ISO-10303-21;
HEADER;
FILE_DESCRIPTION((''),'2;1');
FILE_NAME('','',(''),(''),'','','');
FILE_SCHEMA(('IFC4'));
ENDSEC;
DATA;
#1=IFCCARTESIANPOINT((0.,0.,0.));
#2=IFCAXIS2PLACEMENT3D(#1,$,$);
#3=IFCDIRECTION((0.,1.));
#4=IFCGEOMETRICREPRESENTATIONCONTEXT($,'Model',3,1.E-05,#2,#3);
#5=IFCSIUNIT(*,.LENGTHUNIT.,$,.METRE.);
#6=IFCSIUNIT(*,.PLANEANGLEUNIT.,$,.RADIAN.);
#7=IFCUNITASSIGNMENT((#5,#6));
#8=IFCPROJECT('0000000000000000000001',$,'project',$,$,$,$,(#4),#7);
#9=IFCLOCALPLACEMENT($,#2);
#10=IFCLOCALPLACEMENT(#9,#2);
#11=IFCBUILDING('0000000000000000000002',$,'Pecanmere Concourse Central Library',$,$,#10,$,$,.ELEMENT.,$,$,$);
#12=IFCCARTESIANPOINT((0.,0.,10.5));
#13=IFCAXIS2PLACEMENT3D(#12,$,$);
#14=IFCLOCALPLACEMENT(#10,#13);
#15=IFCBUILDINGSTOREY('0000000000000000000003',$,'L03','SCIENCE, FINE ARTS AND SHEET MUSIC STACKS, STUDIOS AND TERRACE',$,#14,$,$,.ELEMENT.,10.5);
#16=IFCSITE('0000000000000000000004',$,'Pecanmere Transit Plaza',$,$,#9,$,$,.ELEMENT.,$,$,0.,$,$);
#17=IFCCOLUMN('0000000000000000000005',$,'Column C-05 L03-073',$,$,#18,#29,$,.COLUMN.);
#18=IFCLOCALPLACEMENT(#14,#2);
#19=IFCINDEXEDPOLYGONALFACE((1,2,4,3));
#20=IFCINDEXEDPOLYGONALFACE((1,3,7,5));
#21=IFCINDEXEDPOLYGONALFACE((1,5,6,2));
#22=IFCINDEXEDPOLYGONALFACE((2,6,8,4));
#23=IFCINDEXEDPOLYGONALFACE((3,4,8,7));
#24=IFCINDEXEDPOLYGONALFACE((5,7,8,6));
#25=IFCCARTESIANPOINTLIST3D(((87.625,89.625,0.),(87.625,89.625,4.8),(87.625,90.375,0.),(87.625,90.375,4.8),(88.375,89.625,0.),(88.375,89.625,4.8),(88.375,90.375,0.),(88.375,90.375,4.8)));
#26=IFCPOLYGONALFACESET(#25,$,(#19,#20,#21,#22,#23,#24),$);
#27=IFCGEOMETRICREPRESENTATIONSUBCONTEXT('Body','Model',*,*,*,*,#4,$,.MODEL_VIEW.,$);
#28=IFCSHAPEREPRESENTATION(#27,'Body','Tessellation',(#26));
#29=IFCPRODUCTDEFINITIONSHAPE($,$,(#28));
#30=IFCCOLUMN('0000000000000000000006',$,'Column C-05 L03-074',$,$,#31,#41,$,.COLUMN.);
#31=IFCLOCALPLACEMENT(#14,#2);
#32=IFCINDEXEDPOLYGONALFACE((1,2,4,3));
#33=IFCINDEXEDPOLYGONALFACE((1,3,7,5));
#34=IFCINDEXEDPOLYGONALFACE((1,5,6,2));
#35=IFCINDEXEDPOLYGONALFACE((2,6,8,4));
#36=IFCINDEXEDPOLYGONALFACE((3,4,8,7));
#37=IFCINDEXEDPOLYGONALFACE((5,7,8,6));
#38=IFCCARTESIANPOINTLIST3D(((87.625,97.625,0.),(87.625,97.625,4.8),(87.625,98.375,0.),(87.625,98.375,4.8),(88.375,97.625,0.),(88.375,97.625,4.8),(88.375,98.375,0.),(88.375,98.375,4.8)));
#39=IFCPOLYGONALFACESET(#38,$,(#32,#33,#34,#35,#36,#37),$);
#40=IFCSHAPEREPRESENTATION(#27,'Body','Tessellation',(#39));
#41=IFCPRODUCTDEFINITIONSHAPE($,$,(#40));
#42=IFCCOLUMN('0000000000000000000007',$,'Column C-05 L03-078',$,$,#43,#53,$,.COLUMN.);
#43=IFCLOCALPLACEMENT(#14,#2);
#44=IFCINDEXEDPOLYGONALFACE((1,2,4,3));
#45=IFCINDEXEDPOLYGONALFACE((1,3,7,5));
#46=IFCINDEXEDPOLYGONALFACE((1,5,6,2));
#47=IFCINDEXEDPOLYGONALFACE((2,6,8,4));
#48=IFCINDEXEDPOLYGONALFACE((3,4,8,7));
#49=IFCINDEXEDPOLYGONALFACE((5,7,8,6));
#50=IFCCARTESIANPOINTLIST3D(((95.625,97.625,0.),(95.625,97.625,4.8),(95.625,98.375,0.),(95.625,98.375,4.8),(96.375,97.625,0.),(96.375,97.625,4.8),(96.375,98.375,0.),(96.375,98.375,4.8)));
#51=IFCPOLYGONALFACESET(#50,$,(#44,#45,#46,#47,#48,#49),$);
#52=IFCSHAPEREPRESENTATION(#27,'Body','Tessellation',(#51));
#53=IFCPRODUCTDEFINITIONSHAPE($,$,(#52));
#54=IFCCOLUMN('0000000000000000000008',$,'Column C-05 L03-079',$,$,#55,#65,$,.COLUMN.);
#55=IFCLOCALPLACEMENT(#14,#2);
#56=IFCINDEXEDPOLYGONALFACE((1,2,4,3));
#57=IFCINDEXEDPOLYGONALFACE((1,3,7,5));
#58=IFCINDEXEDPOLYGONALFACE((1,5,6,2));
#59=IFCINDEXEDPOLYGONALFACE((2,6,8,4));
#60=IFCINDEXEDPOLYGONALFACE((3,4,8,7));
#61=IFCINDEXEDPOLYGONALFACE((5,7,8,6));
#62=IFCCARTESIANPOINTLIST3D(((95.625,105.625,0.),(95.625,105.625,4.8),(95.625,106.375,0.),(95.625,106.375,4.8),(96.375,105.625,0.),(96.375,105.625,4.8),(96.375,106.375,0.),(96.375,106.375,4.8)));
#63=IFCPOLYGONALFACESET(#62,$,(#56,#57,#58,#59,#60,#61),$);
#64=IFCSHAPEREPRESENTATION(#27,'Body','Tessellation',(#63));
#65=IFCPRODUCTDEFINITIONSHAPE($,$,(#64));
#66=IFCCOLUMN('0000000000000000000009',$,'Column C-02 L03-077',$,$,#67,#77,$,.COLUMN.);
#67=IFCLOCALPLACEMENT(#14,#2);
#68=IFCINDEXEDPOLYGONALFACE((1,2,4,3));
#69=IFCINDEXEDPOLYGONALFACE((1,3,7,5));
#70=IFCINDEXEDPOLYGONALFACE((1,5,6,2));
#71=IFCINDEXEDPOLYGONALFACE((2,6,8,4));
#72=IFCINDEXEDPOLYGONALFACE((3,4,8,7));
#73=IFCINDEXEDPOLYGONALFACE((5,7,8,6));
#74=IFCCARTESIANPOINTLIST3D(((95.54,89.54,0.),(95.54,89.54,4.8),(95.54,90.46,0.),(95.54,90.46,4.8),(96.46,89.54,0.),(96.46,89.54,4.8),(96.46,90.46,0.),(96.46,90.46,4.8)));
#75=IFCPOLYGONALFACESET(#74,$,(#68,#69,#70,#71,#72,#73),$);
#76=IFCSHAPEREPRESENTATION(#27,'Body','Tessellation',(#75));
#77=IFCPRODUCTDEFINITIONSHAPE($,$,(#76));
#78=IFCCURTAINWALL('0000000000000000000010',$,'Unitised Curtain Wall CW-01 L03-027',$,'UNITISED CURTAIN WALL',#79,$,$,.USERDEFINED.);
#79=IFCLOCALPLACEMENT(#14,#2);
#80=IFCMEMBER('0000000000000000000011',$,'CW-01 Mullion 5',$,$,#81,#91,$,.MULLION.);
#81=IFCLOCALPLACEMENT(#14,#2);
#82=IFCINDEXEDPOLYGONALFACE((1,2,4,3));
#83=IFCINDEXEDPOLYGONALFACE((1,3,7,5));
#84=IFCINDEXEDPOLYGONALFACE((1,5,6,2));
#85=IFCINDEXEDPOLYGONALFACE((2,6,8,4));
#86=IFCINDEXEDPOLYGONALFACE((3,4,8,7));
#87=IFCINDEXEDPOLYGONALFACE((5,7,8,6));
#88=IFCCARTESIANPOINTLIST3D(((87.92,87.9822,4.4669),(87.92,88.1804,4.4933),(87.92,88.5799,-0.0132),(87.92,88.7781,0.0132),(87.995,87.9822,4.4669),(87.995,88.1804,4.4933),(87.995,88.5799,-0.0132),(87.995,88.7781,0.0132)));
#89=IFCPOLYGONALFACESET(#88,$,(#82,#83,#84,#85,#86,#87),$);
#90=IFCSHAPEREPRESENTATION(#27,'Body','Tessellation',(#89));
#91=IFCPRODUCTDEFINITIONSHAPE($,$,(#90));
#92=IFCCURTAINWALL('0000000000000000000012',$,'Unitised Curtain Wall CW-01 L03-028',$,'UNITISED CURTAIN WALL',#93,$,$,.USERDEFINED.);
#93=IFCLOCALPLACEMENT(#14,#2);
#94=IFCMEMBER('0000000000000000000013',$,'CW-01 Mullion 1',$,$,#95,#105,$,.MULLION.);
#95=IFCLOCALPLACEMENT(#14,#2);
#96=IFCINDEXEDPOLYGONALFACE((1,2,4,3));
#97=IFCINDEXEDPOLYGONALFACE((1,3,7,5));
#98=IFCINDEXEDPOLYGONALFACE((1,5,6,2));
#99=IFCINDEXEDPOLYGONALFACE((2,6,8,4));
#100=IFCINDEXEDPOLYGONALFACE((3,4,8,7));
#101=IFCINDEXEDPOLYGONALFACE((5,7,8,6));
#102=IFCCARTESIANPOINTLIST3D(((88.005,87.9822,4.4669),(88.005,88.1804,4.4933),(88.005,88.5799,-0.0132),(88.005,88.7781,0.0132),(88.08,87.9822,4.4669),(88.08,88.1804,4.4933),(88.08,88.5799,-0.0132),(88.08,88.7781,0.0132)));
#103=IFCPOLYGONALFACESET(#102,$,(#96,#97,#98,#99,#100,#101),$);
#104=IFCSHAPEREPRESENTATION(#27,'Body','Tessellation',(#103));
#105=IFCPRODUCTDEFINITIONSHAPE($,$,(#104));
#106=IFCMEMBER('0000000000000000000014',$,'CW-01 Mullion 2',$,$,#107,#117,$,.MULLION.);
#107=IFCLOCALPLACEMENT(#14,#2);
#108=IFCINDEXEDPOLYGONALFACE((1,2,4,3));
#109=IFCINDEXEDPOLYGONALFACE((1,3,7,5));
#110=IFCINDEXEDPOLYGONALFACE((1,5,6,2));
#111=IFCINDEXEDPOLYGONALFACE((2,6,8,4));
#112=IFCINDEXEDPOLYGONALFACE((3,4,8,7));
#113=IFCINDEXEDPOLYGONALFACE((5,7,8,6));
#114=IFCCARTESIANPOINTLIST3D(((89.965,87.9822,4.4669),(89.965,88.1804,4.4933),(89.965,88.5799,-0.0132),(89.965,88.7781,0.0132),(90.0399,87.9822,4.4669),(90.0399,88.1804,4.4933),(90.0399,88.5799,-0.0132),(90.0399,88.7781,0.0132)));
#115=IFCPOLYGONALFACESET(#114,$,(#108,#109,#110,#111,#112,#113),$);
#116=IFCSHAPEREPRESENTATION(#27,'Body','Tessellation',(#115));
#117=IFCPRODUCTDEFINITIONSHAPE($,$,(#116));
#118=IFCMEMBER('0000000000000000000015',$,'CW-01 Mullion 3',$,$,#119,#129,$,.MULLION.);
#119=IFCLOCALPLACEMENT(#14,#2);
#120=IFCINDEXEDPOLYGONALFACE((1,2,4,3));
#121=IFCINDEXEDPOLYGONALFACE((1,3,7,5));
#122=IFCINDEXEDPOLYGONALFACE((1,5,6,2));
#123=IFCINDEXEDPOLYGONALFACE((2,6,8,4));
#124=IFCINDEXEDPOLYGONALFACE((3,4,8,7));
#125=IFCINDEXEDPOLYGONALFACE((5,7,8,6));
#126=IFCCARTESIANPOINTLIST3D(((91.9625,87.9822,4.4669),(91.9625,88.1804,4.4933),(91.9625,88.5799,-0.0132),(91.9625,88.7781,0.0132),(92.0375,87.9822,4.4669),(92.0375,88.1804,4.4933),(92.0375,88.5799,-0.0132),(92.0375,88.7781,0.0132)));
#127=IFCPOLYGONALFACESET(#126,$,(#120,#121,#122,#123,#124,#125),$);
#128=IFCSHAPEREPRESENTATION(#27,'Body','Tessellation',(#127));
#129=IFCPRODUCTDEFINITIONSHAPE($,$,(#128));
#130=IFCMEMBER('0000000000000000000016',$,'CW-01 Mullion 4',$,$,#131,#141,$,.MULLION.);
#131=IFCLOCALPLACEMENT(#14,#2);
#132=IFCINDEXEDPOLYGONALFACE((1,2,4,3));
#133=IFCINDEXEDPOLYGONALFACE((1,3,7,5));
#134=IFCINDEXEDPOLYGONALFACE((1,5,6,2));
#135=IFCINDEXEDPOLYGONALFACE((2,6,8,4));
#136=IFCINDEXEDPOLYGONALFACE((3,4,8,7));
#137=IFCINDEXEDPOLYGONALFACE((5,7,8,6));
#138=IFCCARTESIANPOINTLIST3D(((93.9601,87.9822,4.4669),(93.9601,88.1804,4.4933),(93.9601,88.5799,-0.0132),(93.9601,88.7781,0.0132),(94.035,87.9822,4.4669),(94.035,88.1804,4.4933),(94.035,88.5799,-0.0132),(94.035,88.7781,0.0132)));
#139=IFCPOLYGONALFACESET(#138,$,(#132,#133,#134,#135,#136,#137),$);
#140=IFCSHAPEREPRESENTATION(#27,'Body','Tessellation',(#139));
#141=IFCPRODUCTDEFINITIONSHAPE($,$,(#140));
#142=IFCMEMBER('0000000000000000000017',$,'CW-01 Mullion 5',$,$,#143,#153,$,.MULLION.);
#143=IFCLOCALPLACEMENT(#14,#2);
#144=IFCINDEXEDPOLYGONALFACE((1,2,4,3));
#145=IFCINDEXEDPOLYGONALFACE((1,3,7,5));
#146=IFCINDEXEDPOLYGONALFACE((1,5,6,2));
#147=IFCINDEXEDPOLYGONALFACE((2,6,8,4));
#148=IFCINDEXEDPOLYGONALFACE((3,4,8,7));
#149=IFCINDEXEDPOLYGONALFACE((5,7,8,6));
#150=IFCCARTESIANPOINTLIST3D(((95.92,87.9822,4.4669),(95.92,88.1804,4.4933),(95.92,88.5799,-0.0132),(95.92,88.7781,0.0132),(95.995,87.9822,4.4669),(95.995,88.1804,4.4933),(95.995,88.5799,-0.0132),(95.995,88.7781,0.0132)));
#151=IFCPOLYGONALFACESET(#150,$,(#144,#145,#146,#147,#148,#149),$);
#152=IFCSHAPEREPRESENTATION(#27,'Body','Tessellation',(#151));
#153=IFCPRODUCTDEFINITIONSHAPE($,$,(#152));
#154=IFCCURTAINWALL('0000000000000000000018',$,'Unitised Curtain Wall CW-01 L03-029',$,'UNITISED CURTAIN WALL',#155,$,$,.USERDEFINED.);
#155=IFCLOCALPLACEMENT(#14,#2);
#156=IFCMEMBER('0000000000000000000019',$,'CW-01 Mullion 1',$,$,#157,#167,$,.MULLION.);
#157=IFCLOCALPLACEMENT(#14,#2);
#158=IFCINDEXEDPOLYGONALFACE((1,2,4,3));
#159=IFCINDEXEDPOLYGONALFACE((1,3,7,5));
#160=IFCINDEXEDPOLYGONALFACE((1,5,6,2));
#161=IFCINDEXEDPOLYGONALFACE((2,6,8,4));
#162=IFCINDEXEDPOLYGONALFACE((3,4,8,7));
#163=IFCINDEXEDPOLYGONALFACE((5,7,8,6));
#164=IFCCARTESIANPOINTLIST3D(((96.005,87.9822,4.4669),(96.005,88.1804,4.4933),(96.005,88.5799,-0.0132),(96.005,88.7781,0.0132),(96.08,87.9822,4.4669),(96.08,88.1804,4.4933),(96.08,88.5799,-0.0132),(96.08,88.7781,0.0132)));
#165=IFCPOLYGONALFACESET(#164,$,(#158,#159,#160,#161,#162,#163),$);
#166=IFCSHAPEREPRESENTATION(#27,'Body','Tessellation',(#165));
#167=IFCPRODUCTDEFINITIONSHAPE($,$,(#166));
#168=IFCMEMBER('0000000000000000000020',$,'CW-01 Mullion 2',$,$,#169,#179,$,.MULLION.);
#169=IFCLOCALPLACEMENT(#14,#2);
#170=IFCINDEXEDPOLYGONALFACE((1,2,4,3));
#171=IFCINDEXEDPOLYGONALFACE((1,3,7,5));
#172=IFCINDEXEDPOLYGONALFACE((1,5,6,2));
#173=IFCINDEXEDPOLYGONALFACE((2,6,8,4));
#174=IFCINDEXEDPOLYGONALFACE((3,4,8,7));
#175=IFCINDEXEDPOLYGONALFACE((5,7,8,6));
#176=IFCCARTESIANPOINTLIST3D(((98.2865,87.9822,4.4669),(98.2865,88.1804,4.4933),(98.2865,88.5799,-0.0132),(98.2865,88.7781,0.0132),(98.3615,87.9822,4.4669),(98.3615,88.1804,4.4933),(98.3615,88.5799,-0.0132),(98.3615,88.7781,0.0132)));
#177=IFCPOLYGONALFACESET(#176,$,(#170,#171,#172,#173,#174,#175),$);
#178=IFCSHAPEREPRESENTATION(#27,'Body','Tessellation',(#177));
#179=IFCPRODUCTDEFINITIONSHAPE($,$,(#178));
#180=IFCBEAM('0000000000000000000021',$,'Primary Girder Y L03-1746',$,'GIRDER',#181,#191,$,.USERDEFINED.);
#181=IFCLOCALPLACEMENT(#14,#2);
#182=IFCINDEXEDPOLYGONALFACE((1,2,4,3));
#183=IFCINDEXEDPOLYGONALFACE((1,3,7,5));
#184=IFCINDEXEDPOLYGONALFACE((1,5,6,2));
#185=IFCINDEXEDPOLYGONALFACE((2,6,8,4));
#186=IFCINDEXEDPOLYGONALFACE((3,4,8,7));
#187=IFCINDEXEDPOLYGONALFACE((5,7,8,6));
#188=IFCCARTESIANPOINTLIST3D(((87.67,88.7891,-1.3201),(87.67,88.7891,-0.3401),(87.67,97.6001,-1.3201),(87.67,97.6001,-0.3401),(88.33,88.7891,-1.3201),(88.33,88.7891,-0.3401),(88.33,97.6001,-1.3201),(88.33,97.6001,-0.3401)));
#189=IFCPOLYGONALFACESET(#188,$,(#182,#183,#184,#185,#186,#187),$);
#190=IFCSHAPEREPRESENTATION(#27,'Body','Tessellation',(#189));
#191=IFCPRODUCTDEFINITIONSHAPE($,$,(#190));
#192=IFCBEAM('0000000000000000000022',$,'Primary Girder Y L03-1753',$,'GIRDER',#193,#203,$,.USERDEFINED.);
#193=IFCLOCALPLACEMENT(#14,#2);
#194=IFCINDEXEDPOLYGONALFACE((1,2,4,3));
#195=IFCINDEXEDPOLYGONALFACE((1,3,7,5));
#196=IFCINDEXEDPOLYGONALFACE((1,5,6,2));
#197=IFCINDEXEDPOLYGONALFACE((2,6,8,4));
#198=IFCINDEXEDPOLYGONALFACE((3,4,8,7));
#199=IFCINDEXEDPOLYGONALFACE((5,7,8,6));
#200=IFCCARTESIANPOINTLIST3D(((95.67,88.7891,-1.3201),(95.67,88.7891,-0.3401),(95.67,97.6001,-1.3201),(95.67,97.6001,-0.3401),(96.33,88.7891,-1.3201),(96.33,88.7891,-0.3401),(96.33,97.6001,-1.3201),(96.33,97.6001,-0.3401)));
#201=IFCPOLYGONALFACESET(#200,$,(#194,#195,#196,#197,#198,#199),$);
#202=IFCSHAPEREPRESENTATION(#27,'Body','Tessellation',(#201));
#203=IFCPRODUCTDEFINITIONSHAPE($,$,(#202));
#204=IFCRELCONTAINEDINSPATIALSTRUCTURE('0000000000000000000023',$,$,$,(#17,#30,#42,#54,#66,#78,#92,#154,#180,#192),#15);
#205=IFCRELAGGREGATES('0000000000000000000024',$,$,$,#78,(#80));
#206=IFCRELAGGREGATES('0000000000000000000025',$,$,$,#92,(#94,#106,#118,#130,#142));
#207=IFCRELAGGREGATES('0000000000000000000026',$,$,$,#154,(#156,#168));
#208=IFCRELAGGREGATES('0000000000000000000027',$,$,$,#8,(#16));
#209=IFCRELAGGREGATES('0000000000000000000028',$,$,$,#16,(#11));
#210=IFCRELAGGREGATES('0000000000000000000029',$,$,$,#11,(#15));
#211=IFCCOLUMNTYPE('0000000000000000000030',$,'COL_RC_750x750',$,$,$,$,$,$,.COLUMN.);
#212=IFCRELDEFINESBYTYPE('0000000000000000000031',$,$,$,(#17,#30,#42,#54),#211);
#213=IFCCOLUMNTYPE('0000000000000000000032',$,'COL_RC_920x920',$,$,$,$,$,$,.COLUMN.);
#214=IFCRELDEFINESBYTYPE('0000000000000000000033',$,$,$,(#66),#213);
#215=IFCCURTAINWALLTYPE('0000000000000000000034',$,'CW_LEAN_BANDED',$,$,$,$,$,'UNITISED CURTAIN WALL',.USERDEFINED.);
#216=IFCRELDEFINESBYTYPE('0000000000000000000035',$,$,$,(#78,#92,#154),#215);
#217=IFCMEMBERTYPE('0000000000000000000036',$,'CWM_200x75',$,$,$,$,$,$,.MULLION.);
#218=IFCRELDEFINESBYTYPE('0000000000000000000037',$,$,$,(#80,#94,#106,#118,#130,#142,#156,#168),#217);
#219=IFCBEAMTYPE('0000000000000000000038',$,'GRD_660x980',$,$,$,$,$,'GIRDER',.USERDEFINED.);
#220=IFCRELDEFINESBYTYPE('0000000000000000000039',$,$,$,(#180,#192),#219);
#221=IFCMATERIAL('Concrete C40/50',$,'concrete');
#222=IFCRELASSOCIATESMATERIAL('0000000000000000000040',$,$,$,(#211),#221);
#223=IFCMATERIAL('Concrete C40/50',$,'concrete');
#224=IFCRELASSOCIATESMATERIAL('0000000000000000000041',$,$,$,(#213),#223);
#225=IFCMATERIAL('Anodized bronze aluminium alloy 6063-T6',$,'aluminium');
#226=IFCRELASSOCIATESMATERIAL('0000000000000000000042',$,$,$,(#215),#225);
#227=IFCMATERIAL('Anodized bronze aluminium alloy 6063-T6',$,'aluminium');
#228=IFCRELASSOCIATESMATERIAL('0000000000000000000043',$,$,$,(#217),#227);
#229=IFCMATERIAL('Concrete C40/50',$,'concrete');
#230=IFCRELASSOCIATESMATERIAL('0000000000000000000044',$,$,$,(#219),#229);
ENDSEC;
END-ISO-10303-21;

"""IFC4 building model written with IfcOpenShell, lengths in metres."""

from ifc_helpers import new_model, si_unit, direction, frame, origin, origin_2d, place, context, subcontext, project, spatial, rectangle, extrude, material, material_profile, profile_set, type_object, element, aggregate, save


model = new_model("IFC4")

# Units and contexts
model_context = context("Model", 3, precision=1e-05, world=origin(), true_north=direction((0.0, 1.0)))
body_context = subcontext(model_context, "Body", "Model", "MODEL_VIEW")
ifc_project = project(units=[si_unit("LENGTHUNIT", "METRE"), si_unit("PLANEANGLEUNIT", "RADIAN")], contexts=[model_context])

# Site, building, storey
site_placement = place(None, origin())
site = spatial("IfcSite", under=ifc_project, at=site_placement, Name="Pecanmere Transit Plaza", CompositionType="ELEMENT", RefElevation=0.0)
building_placement = place(site_placement, origin())
building = spatial("IfcBuilding", under=site, at=building_placement, Name="Pecanmere Concourse Central Library", CompositionType="ELEMENT")
storey_placement = place(building_placement, frame((0.0, 0.0, 10.5)))
storey = spatial("IfcBuildingStorey", under=building, at=storey_placement, Name="L03", Description="SCIENCE, FINE ARTS AND SHEET MUSIC STACKS, STUDIOS AND TERRACE", CompositionType="ELEMENT", Elevation=10.5)

# Columns
ifc_material_1 = material(Name="Concrete C40/50", Category="concrete")
ifc_material_profile_1 = material_profile(ifc_material_1, rectangle(XDim=0.75, YDim=0.75, at=origin_2d()), Name="RC 750x750")
ifc_profile_set_1 = profile_set([ifc_material_profile_1], Name="Concrete C40/50")
column_type_1 = type_object("IfcColumnType", Name="COL_RC_750x750", PredefinedType="COLUMN", material=ifc_profile_set_1)
for number, where, z_axis, x_axis, name in (
    (1, (88.0, 90.0, 0.0), (0.0, 0.0, 1.0), (1.0, 0.0, 0.0), "Column C-05 L03-073"),
    (2, (88.0, 98.0, 0.0), (0.0, 0.0, 1.0), (1.0, 0.0, 0.0), "Column C-05 L03-074"),
    (3, (96.0, 98.0, 0.0), (0.0, 0.0, 1.0), (1.0, 0.0, 0.0), "Column C-05 L03-078"),
    (4, (96.0, 106.0, 0.0), (0.0, 0.0, 1.0), (1.0, 0.0, 0.0), "Column C-05 L03-079"),
):
    element("IfcColumn", number, at=place(storey_placement, frame(where, z_axis=z_axis, x_axis=x_axis)), inside=storey, type_object=column_type_1, Name=name, PredefinedType="COLUMN", context=body_context, shape_type="SweptSolid", body=[
        extrude(rectangle(XDim=0.75, YDim=0.75, at=origin_2d()), origin(), (0.0, 0.0, 1.0), 4.8),
    ])
ifc_material_2 = material(Name="Concrete C40/50", Category="concrete")
ifc_material_profile_2 = material_profile(ifc_material_2, rectangle(XDim=0.9199, YDim=0.9199, at=origin_2d()), Name="RC 920x920")
ifc_profile_set_2 = profile_set([ifc_material_profile_2], Name="Concrete C40/50")
column_type_2 = type_object("IfcColumnType", Name="COL_RC_920x920", PredefinedType="COLUMN", material=ifc_profile_set_2)
column_placement = place(storey_placement, frame((96.0, 90.0, 0.0), z_axis=(0.0, 0.0, 1.0), x_axis=(1.0, 0.0, 0.0)))
element("IfcColumn", 5, at=column_placement, inside=storey, type_object=column_type_2, Name="Column C-02 L03-077", PredefinedType="COLUMN", context=body_context, shape_type="SweptSolid", body=[
    extrude(rectangle(XDim=0.9199, YDim=0.9199, at=origin_2d()), origin(), (0.0, 0.0, 1.0), 4.8),
])

# Curtain wall, member
ifc_material_3 = material(Name="Anodized bronze aluminium alloy 6063-T6", Category="aluminium")
curtain_wall_type = type_object("IfcCurtainWallType", Name="CW_LEAN_BANDED", ElementType="UNITISED CURTAIN WALL", PredefinedType="USERDEFINED", material=ifc_material_3)
curtain_wall_1_placement = place(storey_placement, origin())
curtain_wall_1 = element("IfcCurtainWall", 6, at=curtain_wall_1_placement, inside=storey, type_object=curtain_wall_type, Name="Unitised Curtain Wall CW-01 L03-027", ObjectType="UNITISED CURTAIN WALL", PredefinedType="USERDEFINED")
ifc_material_4 = material(Name="Anodized bronze aluminium alloy 6063-T6", Category="aluminium")
ifc_material_profile_3 = material_profile(ifc_material_4, rectangle(XDim=0.075, YDim=0.2, at=origin_2d()), Name="AL 75x200")
ifc_profile_set_3 = profile_set([ifc_material_profile_3], Name="Anodized bronze aluminium alloy 6063-T6")
member_type = type_object("IfcMemberType", Name="CWM_200x75", PredefinedType="MULLION", material=ifc_profile_set_3)
member_1_placement = place(storey_placement, frame((87.9575, 88.679, 0.0), z_axis=(0.0, -0.132234, 0.991218), x_axis=(1.0, 0.0, 0.0)))
member_1 = element("IfcMember", 7, at=member_1_placement, type_object=member_type, Name="CW-01 Mullion 5", PredefinedType="MULLION", context=body_context, shape_type="SweptSolid", body=[
    extrude(rectangle(XDim=0.075, YDim=0.2, at=origin_2d()), origin(), (0.0, 0.0, 1.0), 4.5198),
])
aggregate(curtain_wall_1, [member_1])

# Curtain walls, members
curtain_wall_2_placement = place(storey_placement, origin())
curtain_wall_2 = element("IfcCurtainWall", 8, at=curtain_wall_2_placement, inside=storey, type_object=curtain_wall_type, Name="Unitised Curtain Wall CW-01 L03-028", ObjectType="UNITISED CURTAIN WALL", PredefinedType="USERDEFINED")
member_2_placement = place(storey_placement, frame((88.0425, 88.679, 0.0), z_axis=(0.0, -0.132234, 0.991218), x_axis=(1.0, 0.0, 0.0)))
member_2 = element("IfcMember", 9, at=member_2_placement, type_object=member_type, Name="CW-01 Mullion 1", PredefinedType="MULLION", context=body_context, shape_type="SweptSolid", body=[
    extrude(rectangle(XDim=0.075, YDim=0.2, at=origin_2d()), origin(), (0.0, 0.0, 1.0), 4.5198),
])
member_3_placement = place(storey_placement, frame((90.0024, 88.679, 0.0), z_axis=(0.0, -0.132234, 0.991218), x_axis=(1.0, 0.0, 0.0)))
member_3 = element("IfcMember", 10, at=member_3_placement, type_object=member_type, Name="CW-01 Mullion 2", PredefinedType="MULLION", context=body_context, shape_type="SweptSolid", body=[
    extrude(rectangle(XDim=0.075, YDim=0.2, at=origin_2d()), origin(), (0.0, 0.0, 1.0), 4.5198),
])
member_4_placement = place(storey_placement, frame((92.0, 88.679, 0.0), z_axis=(0.0, -0.132234, 0.991218), x_axis=(1.0, 0.0, 0.0)))
member_4 = element("IfcMember", 11, at=member_4_placement, type_object=member_type, Name="CW-01 Mullion 3", PredefinedType="MULLION", context=body_context, shape_type="SweptSolid", body=[
    extrude(rectangle(XDim=0.075, YDim=0.2, at=origin_2d()), origin(), (0.0, 0.0, 1.0), 4.5198),
])
member_5_placement = place(storey_placement, frame((93.9976, 88.679, 0.0), z_axis=(0.0, -0.132234, 0.991218), x_axis=(1.0, 0.0, 0.0)))
member_5 = element("IfcMember", 12, at=member_5_placement, type_object=member_type, Name="CW-01 Mullion 4", PredefinedType="MULLION", context=body_context, shape_type="SweptSolid", body=[
    extrude(rectangle(XDim=0.075, YDim=0.2, at=origin_2d()), origin(), (0.0, 0.0, 1.0), 4.5198),
])
member_6_placement = place(storey_placement, frame((95.9575, 88.679, 0.0), z_axis=(0.0, -0.132234, 0.991218), x_axis=(1.0, 0.0, 0.0)))
member_6 = element("IfcMember", 13, at=member_6_placement, type_object=member_type, Name="CW-01 Mullion 5", PredefinedType="MULLION", context=body_context, shape_type="SweptSolid", body=[
    extrude(rectangle(XDim=0.075, YDim=0.2, at=origin_2d()), origin(), (0.0, 0.0, 1.0), 4.5198),
])
aggregate(curtain_wall_2, [member_2, member_3, member_4, member_5, member_6])
curtain_wall_3_placement = place(storey_placement, origin())
curtain_wall_3 = element("IfcCurtainWall", 14, at=curtain_wall_3_placement, inside=storey, type_object=curtain_wall_type, Name="Unitised Curtain Wall CW-01 L03-029", ObjectType="UNITISED CURTAIN WALL", PredefinedType="USERDEFINED")
member_7_placement = place(storey_placement, frame((96.0425, 88.679, 0.0), z_axis=(0.0, -0.132234, 0.991218), x_axis=(1.0, 0.0, 0.0)))
member_7 = element("IfcMember", 15, at=member_7_placement, type_object=member_type, Name="CW-01 Mullion 1", PredefinedType="MULLION", context=body_context, shape_type="SweptSolid", body=[
    extrude(rectangle(XDim=0.075, YDim=0.2, at=origin_2d()), origin(), (0.0, 0.0, 1.0), 4.5198),
])
member_8_placement = place(storey_placement, frame((98.324, 88.679, 0.0), z_axis=(0.0, -0.132234, 0.991218), x_axis=(1.0, 0.0, 0.0)))
member_8 = element("IfcMember", 16, at=member_8_placement, type_object=member_type, Name="CW-01 Mullion 2", PredefinedType="MULLION", context=body_context, shape_type="SweptSolid", body=[
    extrude(rectangle(XDim=0.075, YDim=0.2, at=origin_2d()), origin(), (0.0, 0.0, 1.0), 4.5198),
])
aggregate(curtain_wall_3, [member_7, member_8])

# Beams
ifc_material_5 = material(Name="Concrete C40/50", Category="concrete")
ifc_material_profile_4 = material_profile(ifc_material_5, rectangle(XDim=0.6599, YDim=0.98, at=origin_2d()), Name="RC 660x980")
ifc_profile_set_4 = profile_set([ifc_material_profile_4], Name="Concrete C40/50")
beam_type_1 = type_object("IfcBeamType", Name="GRD_660x980", ElementType="GIRDER", PredefinedType="USERDEFINED", material=ifc_profile_set_4)
for number, where, z_axis, x_axis, name in (
    (17, (88.0, 88.7891, -0.8301), (0.0, 1.0, 0.0), (-1.0, 0.0, 0.0), "Primary Girder Y L03-1746"),
    (18, (96.0, 88.7891, -0.8301), (0.0, 1.0, 0.0), (-1.0, 0.0, 0.0), "Primary Girder Y L03-1753"),
):
    element("IfcBeam", number, at=place(storey_placement, frame(where, z_axis=z_axis, x_axis=x_axis)), inside=storey, type_object=beam_type_1, Name=name, ObjectType="GIRDER", PredefinedType="USERDEFINED", context=body_context, shape_type="SweptSolid", body=[
        extrude(rectangle(XDim=0.6599, YDim=0.98, at=origin_2d()), origin(), (0.0, 0.0, 1.0), 8.811),
    ])

save(model, "model.ifc")
